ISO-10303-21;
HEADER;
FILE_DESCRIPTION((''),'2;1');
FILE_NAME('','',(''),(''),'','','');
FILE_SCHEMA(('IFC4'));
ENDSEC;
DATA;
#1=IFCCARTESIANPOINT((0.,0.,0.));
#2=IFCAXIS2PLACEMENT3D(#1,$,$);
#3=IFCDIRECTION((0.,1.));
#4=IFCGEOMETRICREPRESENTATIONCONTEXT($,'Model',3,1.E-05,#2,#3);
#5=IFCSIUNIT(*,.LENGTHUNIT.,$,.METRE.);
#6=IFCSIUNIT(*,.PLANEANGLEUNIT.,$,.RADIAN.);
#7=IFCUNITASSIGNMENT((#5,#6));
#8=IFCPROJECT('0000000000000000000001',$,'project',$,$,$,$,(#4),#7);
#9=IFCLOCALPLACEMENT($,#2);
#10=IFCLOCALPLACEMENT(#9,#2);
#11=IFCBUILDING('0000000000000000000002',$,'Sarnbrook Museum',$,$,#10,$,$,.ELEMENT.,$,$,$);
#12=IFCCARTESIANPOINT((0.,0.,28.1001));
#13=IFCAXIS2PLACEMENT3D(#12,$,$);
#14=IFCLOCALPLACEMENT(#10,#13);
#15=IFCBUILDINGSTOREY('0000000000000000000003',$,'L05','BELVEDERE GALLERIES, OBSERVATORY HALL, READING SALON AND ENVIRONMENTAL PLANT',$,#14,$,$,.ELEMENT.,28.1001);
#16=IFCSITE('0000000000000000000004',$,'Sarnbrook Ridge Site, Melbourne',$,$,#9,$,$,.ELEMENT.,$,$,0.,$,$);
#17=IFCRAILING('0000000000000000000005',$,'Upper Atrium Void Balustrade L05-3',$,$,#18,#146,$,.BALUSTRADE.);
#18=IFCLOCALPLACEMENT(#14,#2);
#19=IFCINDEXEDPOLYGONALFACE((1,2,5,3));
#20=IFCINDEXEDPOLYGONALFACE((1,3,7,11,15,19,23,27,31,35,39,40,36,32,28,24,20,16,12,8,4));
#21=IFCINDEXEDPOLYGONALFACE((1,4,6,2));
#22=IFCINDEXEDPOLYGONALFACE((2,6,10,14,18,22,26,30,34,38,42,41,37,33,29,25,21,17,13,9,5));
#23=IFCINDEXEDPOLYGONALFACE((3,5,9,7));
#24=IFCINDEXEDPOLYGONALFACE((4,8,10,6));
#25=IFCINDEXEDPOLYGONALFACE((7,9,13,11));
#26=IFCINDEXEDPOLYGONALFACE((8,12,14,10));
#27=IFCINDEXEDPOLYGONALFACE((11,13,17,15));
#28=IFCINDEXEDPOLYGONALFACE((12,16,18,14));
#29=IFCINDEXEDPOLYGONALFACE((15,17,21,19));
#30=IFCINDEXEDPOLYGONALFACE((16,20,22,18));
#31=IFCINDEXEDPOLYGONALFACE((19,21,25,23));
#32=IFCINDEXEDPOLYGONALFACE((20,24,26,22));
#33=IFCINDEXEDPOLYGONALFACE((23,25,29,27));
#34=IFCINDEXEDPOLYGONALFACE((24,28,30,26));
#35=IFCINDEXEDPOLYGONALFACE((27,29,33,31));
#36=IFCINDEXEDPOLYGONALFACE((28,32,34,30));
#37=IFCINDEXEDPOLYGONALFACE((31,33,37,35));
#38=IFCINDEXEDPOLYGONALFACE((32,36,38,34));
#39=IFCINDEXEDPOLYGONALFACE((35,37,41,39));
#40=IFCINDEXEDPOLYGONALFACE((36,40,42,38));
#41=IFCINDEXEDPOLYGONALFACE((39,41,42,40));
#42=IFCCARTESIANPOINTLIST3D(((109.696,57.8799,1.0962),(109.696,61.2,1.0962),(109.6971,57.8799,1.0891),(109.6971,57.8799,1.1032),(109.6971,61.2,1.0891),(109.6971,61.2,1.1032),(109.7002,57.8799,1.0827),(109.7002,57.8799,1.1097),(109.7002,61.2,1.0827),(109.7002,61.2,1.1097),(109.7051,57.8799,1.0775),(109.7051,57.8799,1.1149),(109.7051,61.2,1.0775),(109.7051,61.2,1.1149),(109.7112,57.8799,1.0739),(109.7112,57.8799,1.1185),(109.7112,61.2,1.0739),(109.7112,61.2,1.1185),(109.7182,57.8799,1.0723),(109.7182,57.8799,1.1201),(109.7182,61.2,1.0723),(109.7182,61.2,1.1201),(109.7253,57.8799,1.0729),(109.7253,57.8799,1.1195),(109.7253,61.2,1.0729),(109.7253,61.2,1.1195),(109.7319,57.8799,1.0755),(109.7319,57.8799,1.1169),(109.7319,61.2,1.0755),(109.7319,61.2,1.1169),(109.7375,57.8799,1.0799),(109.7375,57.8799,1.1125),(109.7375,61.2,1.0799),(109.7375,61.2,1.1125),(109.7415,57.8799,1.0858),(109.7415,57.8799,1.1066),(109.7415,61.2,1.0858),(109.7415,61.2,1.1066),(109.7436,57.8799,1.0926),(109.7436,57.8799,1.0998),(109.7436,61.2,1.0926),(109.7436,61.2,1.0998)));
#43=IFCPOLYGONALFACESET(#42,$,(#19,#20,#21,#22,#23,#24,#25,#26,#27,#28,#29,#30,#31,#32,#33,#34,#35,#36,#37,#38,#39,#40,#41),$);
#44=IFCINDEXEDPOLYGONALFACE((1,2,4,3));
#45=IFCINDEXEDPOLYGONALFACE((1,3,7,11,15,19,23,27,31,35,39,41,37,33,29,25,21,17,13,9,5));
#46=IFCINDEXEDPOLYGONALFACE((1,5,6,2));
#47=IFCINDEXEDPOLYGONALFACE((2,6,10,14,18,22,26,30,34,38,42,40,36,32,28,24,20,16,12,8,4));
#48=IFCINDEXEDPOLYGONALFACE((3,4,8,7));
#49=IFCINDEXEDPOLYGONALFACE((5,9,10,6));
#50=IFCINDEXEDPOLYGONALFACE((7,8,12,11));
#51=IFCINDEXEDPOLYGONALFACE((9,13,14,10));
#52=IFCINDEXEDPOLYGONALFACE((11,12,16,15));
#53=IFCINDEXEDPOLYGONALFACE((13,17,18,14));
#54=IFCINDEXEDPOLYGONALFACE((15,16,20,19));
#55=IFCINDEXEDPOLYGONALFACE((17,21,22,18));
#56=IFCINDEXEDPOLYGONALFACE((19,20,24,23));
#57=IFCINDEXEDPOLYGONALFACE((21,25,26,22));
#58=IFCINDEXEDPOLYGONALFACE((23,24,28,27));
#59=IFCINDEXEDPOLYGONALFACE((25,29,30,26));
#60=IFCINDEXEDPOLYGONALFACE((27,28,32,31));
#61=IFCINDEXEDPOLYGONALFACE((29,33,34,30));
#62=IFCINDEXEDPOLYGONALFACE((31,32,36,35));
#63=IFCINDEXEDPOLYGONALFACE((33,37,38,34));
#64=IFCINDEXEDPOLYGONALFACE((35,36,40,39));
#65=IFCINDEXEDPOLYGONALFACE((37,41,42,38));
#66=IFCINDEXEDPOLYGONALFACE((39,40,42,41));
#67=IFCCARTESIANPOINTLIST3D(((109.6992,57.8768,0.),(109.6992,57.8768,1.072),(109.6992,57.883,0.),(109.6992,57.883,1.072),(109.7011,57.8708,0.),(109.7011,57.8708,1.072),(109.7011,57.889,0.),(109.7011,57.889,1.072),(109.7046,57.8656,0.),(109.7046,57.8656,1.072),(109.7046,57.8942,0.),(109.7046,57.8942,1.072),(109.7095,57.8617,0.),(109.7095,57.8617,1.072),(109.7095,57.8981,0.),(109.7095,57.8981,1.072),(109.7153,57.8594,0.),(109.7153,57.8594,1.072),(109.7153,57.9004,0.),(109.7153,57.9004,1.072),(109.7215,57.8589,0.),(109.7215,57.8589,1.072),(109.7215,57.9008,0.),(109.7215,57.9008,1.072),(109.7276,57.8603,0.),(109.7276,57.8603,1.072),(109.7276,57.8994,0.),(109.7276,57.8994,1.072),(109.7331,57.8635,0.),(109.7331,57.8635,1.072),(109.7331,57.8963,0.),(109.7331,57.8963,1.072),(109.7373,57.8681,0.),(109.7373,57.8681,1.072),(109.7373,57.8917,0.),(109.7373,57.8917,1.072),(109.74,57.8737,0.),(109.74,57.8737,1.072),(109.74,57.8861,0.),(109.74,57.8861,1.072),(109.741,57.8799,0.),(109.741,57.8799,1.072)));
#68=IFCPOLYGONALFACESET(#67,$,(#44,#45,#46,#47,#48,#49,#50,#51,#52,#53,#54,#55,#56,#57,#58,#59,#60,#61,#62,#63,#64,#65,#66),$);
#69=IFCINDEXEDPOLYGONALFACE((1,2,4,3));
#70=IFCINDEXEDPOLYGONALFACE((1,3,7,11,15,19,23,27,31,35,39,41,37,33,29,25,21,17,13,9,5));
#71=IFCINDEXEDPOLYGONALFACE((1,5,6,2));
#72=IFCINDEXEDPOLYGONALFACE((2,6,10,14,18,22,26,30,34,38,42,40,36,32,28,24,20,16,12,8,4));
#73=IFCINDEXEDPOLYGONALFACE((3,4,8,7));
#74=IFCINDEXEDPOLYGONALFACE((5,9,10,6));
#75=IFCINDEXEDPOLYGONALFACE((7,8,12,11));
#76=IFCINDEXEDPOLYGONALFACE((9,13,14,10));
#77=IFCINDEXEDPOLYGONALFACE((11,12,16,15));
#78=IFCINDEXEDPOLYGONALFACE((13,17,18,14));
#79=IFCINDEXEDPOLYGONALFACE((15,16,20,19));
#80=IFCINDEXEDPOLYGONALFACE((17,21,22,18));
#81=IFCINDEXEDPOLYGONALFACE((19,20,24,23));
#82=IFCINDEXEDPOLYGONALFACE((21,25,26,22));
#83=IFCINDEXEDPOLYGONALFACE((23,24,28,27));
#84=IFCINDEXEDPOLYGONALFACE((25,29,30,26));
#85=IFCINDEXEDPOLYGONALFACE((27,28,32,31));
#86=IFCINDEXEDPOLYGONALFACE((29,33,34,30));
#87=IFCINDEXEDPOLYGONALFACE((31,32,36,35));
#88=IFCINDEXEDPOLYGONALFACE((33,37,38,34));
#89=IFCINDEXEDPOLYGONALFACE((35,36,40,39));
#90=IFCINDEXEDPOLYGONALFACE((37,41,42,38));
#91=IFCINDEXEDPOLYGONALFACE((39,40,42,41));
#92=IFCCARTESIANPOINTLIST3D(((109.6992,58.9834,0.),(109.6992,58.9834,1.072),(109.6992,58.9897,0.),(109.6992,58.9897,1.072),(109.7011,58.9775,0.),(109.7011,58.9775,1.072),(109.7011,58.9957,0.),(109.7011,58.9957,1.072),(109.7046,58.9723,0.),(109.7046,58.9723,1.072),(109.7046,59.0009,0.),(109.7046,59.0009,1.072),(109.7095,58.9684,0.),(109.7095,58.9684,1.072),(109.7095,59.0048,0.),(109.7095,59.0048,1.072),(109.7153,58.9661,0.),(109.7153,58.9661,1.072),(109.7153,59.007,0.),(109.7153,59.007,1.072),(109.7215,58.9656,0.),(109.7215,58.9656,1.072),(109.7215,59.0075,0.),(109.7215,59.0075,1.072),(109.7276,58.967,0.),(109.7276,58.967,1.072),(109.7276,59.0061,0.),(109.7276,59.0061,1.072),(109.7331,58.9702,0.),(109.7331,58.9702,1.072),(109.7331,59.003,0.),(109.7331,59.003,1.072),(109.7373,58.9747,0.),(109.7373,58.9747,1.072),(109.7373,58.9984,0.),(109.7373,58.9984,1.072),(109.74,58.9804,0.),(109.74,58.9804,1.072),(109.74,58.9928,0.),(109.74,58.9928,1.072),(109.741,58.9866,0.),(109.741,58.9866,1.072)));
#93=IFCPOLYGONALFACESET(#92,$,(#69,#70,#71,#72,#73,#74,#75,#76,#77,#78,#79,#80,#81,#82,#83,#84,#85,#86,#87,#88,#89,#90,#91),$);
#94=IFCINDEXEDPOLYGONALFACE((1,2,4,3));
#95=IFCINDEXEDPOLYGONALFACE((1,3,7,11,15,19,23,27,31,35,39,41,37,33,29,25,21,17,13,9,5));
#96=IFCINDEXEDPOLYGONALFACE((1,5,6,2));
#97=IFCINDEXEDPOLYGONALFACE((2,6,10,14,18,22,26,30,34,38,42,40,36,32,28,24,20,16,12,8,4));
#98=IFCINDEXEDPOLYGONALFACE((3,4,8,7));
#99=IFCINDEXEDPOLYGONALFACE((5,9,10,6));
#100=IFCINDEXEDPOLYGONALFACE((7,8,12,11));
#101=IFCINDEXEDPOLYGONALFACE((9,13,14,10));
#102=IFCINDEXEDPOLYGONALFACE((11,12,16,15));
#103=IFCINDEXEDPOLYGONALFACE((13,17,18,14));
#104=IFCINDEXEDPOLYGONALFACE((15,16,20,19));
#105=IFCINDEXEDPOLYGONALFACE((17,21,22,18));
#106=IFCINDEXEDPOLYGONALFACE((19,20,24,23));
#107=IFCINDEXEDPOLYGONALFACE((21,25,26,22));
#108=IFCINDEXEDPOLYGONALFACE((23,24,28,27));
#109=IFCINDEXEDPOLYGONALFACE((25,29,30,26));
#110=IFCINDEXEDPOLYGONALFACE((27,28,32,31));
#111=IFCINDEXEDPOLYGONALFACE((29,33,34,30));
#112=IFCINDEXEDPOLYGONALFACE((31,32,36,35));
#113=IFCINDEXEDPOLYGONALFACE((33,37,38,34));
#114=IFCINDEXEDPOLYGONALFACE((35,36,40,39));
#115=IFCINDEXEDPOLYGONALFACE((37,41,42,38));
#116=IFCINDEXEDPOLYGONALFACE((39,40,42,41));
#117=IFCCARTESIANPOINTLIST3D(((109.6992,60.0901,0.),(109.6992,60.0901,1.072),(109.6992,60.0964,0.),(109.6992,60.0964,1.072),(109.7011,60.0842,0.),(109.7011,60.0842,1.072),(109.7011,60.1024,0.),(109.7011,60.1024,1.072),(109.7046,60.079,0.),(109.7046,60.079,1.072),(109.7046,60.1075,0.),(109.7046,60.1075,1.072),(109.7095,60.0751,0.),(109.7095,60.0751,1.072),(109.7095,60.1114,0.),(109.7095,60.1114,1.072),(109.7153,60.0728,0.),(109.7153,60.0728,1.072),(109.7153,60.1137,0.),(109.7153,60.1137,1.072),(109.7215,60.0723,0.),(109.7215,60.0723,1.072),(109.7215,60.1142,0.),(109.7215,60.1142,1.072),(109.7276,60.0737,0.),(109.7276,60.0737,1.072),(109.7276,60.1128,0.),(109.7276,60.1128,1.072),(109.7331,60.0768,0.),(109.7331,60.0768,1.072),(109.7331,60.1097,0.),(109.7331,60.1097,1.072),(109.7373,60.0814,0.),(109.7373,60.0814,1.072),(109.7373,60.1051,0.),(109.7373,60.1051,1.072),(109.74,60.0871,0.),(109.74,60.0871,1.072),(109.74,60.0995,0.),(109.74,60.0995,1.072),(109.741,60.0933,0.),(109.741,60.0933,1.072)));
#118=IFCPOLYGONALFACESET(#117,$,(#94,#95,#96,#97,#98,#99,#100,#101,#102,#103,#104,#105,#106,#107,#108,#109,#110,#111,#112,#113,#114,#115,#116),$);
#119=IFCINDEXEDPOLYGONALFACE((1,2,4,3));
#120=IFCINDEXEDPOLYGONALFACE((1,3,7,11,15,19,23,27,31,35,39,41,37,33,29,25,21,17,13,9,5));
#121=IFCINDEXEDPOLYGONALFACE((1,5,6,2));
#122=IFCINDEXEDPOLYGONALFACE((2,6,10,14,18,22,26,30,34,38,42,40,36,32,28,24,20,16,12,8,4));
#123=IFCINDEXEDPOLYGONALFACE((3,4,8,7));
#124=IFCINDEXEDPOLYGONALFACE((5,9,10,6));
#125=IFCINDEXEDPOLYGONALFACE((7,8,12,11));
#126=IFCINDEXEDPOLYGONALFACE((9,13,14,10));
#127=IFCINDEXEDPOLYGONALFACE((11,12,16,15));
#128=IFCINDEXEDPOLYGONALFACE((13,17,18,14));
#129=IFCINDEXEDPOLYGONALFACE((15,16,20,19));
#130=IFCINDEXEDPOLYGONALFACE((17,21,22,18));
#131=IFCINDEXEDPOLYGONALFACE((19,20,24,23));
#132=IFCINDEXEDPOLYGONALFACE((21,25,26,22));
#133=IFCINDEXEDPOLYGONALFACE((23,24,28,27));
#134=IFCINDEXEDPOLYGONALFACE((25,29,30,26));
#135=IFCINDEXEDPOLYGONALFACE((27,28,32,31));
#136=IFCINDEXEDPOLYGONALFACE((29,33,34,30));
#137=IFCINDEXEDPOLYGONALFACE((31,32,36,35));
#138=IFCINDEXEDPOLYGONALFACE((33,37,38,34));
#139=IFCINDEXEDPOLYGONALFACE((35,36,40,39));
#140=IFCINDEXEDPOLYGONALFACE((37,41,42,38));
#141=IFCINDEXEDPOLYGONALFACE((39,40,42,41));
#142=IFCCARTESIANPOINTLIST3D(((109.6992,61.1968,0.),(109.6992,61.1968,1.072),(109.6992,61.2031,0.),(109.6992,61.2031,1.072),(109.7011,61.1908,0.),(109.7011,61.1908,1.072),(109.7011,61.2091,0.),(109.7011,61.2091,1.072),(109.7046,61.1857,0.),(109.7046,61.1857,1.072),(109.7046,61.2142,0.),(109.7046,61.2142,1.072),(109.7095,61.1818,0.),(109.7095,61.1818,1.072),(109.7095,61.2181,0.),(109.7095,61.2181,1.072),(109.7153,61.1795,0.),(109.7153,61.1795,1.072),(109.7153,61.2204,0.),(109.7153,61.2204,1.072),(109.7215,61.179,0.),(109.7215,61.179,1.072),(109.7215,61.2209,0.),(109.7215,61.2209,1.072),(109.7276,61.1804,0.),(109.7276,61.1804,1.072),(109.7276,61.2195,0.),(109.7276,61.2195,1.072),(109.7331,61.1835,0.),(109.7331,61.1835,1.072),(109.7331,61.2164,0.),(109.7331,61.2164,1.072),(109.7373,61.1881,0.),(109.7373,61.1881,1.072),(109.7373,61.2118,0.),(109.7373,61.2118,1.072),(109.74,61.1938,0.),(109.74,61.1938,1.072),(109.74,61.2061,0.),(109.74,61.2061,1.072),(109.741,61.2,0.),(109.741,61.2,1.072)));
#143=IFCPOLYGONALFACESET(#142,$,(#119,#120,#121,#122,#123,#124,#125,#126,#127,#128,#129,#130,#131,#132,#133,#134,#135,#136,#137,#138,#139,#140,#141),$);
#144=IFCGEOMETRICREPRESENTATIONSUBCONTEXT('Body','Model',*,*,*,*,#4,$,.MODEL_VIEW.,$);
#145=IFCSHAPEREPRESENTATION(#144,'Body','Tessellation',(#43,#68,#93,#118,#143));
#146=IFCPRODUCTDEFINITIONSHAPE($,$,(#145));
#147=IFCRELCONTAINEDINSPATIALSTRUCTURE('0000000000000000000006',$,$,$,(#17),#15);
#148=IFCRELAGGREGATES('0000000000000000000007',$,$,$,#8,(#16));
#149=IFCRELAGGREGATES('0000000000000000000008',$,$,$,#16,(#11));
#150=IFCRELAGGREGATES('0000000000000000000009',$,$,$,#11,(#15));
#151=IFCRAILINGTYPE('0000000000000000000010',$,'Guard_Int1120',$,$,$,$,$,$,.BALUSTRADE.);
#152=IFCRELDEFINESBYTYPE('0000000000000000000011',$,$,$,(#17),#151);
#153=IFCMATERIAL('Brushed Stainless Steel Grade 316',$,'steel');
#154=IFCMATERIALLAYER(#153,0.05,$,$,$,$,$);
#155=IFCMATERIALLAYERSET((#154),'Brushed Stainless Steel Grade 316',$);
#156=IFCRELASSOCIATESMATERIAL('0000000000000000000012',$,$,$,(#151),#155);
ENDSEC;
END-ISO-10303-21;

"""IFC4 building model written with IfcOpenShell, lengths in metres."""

from ifc_helpers import new_model, si_unit, direction, frame, origin, origin_2d, place, context, subcontext, project, spatial, circle, extrude, material, layer, layer_set, type_object, element, save


model = new_model("IFC4")

# Units and contexts
model_context = context("Model", 3, precision=1e-05, world=origin(), true_north=direction((0.0, 1.0)))
body_context = subcontext(model_context, "Body", "Model", "MODEL_VIEW")
ifc_project = project(units=[si_unit("LENGTHUNIT", "METRE"), si_unit("PLANEANGLEUNIT", "RADIAN")], contexts=[model_context])

# Site, building, storey
site_placement = place(None, origin())
site = spatial("IfcSite", under=ifc_project, at=site_placement, Name="Sarnbrook Ridge Site, Melbourne", CompositionType="ELEMENT", RefElevation=0.0)
building_placement = place(site_placement, origin())
building = spatial("IfcBuilding", under=site, at=building_placement, Name="Sarnbrook Museum", CompositionType="ELEMENT")
storey_placement = place(building_placement, frame((0.0, 0.0, 28.1001)))
storey = spatial("IfcBuildingStorey", under=building, at=storey_placement, Name="L05", Description="BELVEDERE GALLERIES, OBSERVATORY HALL, READING SALON AND ENVIRONMENTAL PLANT", CompositionType="ELEMENT", Elevation=28.1001)

# Shared definitions
ifc_material_1 = material(Name="Brushed Stainless Steel Grade 316", Category="steel")

# Railing
ifc_layer_1 = layer(ifc_material_1, 0.05)
ifc_layer_set_1 = layer_set([ifc_layer_1], Name="Brushed Stainless Steel Grade 316")
railing_type_1 = type_object("IfcRailingType", Name="Guard_Int1120", PredefinedType="BALUSTRADE", material=ifc_layer_set_1)
railing_1_placement = place(storey_placement, frame((109.72, 57.8799, 0.0)))
element("IfcRailing", 1, at=railing_1_placement, inside=storey, type_object=railing_type_1, Name="Upper Atrium Void Balustrade L05-3", PredefinedType="BALUSTRADE", context=body_context, shape_type="SweptSolid", body=[
    extrude(circle(Radius=0.0239, at=origin_2d()), frame((0.0, 0.0, 1.0962), z_axis=(0.0, 1.0, 0.0), x_axis=(-1.0, 0.0, 0.0)), (0.0, 0.0, 1.0), 3.3201),
    extrude(circle(Radius=0.021, at=origin_2d()), origin(), (0.0, 0.0, 1.0), 1.072),
    extrude(circle(Radius=0.021, at=origin_2d()), frame((0.0, 1.1067, 0.0)), (0.0, 0.0, 1.0), 1.072),
    extrude(circle(Radius=0.021, at=origin_2d()), frame((0.0, 2.2134, 0.0)), (0.0, 0.0, 1.0), 1.072),
    extrude(circle(Radius=0.021, at=origin_2d()), frame((0.0, 3.3201, 0.0)), (0.0, 0.0, 1.0), 1.072),
])

save(model, "model.ifc")
